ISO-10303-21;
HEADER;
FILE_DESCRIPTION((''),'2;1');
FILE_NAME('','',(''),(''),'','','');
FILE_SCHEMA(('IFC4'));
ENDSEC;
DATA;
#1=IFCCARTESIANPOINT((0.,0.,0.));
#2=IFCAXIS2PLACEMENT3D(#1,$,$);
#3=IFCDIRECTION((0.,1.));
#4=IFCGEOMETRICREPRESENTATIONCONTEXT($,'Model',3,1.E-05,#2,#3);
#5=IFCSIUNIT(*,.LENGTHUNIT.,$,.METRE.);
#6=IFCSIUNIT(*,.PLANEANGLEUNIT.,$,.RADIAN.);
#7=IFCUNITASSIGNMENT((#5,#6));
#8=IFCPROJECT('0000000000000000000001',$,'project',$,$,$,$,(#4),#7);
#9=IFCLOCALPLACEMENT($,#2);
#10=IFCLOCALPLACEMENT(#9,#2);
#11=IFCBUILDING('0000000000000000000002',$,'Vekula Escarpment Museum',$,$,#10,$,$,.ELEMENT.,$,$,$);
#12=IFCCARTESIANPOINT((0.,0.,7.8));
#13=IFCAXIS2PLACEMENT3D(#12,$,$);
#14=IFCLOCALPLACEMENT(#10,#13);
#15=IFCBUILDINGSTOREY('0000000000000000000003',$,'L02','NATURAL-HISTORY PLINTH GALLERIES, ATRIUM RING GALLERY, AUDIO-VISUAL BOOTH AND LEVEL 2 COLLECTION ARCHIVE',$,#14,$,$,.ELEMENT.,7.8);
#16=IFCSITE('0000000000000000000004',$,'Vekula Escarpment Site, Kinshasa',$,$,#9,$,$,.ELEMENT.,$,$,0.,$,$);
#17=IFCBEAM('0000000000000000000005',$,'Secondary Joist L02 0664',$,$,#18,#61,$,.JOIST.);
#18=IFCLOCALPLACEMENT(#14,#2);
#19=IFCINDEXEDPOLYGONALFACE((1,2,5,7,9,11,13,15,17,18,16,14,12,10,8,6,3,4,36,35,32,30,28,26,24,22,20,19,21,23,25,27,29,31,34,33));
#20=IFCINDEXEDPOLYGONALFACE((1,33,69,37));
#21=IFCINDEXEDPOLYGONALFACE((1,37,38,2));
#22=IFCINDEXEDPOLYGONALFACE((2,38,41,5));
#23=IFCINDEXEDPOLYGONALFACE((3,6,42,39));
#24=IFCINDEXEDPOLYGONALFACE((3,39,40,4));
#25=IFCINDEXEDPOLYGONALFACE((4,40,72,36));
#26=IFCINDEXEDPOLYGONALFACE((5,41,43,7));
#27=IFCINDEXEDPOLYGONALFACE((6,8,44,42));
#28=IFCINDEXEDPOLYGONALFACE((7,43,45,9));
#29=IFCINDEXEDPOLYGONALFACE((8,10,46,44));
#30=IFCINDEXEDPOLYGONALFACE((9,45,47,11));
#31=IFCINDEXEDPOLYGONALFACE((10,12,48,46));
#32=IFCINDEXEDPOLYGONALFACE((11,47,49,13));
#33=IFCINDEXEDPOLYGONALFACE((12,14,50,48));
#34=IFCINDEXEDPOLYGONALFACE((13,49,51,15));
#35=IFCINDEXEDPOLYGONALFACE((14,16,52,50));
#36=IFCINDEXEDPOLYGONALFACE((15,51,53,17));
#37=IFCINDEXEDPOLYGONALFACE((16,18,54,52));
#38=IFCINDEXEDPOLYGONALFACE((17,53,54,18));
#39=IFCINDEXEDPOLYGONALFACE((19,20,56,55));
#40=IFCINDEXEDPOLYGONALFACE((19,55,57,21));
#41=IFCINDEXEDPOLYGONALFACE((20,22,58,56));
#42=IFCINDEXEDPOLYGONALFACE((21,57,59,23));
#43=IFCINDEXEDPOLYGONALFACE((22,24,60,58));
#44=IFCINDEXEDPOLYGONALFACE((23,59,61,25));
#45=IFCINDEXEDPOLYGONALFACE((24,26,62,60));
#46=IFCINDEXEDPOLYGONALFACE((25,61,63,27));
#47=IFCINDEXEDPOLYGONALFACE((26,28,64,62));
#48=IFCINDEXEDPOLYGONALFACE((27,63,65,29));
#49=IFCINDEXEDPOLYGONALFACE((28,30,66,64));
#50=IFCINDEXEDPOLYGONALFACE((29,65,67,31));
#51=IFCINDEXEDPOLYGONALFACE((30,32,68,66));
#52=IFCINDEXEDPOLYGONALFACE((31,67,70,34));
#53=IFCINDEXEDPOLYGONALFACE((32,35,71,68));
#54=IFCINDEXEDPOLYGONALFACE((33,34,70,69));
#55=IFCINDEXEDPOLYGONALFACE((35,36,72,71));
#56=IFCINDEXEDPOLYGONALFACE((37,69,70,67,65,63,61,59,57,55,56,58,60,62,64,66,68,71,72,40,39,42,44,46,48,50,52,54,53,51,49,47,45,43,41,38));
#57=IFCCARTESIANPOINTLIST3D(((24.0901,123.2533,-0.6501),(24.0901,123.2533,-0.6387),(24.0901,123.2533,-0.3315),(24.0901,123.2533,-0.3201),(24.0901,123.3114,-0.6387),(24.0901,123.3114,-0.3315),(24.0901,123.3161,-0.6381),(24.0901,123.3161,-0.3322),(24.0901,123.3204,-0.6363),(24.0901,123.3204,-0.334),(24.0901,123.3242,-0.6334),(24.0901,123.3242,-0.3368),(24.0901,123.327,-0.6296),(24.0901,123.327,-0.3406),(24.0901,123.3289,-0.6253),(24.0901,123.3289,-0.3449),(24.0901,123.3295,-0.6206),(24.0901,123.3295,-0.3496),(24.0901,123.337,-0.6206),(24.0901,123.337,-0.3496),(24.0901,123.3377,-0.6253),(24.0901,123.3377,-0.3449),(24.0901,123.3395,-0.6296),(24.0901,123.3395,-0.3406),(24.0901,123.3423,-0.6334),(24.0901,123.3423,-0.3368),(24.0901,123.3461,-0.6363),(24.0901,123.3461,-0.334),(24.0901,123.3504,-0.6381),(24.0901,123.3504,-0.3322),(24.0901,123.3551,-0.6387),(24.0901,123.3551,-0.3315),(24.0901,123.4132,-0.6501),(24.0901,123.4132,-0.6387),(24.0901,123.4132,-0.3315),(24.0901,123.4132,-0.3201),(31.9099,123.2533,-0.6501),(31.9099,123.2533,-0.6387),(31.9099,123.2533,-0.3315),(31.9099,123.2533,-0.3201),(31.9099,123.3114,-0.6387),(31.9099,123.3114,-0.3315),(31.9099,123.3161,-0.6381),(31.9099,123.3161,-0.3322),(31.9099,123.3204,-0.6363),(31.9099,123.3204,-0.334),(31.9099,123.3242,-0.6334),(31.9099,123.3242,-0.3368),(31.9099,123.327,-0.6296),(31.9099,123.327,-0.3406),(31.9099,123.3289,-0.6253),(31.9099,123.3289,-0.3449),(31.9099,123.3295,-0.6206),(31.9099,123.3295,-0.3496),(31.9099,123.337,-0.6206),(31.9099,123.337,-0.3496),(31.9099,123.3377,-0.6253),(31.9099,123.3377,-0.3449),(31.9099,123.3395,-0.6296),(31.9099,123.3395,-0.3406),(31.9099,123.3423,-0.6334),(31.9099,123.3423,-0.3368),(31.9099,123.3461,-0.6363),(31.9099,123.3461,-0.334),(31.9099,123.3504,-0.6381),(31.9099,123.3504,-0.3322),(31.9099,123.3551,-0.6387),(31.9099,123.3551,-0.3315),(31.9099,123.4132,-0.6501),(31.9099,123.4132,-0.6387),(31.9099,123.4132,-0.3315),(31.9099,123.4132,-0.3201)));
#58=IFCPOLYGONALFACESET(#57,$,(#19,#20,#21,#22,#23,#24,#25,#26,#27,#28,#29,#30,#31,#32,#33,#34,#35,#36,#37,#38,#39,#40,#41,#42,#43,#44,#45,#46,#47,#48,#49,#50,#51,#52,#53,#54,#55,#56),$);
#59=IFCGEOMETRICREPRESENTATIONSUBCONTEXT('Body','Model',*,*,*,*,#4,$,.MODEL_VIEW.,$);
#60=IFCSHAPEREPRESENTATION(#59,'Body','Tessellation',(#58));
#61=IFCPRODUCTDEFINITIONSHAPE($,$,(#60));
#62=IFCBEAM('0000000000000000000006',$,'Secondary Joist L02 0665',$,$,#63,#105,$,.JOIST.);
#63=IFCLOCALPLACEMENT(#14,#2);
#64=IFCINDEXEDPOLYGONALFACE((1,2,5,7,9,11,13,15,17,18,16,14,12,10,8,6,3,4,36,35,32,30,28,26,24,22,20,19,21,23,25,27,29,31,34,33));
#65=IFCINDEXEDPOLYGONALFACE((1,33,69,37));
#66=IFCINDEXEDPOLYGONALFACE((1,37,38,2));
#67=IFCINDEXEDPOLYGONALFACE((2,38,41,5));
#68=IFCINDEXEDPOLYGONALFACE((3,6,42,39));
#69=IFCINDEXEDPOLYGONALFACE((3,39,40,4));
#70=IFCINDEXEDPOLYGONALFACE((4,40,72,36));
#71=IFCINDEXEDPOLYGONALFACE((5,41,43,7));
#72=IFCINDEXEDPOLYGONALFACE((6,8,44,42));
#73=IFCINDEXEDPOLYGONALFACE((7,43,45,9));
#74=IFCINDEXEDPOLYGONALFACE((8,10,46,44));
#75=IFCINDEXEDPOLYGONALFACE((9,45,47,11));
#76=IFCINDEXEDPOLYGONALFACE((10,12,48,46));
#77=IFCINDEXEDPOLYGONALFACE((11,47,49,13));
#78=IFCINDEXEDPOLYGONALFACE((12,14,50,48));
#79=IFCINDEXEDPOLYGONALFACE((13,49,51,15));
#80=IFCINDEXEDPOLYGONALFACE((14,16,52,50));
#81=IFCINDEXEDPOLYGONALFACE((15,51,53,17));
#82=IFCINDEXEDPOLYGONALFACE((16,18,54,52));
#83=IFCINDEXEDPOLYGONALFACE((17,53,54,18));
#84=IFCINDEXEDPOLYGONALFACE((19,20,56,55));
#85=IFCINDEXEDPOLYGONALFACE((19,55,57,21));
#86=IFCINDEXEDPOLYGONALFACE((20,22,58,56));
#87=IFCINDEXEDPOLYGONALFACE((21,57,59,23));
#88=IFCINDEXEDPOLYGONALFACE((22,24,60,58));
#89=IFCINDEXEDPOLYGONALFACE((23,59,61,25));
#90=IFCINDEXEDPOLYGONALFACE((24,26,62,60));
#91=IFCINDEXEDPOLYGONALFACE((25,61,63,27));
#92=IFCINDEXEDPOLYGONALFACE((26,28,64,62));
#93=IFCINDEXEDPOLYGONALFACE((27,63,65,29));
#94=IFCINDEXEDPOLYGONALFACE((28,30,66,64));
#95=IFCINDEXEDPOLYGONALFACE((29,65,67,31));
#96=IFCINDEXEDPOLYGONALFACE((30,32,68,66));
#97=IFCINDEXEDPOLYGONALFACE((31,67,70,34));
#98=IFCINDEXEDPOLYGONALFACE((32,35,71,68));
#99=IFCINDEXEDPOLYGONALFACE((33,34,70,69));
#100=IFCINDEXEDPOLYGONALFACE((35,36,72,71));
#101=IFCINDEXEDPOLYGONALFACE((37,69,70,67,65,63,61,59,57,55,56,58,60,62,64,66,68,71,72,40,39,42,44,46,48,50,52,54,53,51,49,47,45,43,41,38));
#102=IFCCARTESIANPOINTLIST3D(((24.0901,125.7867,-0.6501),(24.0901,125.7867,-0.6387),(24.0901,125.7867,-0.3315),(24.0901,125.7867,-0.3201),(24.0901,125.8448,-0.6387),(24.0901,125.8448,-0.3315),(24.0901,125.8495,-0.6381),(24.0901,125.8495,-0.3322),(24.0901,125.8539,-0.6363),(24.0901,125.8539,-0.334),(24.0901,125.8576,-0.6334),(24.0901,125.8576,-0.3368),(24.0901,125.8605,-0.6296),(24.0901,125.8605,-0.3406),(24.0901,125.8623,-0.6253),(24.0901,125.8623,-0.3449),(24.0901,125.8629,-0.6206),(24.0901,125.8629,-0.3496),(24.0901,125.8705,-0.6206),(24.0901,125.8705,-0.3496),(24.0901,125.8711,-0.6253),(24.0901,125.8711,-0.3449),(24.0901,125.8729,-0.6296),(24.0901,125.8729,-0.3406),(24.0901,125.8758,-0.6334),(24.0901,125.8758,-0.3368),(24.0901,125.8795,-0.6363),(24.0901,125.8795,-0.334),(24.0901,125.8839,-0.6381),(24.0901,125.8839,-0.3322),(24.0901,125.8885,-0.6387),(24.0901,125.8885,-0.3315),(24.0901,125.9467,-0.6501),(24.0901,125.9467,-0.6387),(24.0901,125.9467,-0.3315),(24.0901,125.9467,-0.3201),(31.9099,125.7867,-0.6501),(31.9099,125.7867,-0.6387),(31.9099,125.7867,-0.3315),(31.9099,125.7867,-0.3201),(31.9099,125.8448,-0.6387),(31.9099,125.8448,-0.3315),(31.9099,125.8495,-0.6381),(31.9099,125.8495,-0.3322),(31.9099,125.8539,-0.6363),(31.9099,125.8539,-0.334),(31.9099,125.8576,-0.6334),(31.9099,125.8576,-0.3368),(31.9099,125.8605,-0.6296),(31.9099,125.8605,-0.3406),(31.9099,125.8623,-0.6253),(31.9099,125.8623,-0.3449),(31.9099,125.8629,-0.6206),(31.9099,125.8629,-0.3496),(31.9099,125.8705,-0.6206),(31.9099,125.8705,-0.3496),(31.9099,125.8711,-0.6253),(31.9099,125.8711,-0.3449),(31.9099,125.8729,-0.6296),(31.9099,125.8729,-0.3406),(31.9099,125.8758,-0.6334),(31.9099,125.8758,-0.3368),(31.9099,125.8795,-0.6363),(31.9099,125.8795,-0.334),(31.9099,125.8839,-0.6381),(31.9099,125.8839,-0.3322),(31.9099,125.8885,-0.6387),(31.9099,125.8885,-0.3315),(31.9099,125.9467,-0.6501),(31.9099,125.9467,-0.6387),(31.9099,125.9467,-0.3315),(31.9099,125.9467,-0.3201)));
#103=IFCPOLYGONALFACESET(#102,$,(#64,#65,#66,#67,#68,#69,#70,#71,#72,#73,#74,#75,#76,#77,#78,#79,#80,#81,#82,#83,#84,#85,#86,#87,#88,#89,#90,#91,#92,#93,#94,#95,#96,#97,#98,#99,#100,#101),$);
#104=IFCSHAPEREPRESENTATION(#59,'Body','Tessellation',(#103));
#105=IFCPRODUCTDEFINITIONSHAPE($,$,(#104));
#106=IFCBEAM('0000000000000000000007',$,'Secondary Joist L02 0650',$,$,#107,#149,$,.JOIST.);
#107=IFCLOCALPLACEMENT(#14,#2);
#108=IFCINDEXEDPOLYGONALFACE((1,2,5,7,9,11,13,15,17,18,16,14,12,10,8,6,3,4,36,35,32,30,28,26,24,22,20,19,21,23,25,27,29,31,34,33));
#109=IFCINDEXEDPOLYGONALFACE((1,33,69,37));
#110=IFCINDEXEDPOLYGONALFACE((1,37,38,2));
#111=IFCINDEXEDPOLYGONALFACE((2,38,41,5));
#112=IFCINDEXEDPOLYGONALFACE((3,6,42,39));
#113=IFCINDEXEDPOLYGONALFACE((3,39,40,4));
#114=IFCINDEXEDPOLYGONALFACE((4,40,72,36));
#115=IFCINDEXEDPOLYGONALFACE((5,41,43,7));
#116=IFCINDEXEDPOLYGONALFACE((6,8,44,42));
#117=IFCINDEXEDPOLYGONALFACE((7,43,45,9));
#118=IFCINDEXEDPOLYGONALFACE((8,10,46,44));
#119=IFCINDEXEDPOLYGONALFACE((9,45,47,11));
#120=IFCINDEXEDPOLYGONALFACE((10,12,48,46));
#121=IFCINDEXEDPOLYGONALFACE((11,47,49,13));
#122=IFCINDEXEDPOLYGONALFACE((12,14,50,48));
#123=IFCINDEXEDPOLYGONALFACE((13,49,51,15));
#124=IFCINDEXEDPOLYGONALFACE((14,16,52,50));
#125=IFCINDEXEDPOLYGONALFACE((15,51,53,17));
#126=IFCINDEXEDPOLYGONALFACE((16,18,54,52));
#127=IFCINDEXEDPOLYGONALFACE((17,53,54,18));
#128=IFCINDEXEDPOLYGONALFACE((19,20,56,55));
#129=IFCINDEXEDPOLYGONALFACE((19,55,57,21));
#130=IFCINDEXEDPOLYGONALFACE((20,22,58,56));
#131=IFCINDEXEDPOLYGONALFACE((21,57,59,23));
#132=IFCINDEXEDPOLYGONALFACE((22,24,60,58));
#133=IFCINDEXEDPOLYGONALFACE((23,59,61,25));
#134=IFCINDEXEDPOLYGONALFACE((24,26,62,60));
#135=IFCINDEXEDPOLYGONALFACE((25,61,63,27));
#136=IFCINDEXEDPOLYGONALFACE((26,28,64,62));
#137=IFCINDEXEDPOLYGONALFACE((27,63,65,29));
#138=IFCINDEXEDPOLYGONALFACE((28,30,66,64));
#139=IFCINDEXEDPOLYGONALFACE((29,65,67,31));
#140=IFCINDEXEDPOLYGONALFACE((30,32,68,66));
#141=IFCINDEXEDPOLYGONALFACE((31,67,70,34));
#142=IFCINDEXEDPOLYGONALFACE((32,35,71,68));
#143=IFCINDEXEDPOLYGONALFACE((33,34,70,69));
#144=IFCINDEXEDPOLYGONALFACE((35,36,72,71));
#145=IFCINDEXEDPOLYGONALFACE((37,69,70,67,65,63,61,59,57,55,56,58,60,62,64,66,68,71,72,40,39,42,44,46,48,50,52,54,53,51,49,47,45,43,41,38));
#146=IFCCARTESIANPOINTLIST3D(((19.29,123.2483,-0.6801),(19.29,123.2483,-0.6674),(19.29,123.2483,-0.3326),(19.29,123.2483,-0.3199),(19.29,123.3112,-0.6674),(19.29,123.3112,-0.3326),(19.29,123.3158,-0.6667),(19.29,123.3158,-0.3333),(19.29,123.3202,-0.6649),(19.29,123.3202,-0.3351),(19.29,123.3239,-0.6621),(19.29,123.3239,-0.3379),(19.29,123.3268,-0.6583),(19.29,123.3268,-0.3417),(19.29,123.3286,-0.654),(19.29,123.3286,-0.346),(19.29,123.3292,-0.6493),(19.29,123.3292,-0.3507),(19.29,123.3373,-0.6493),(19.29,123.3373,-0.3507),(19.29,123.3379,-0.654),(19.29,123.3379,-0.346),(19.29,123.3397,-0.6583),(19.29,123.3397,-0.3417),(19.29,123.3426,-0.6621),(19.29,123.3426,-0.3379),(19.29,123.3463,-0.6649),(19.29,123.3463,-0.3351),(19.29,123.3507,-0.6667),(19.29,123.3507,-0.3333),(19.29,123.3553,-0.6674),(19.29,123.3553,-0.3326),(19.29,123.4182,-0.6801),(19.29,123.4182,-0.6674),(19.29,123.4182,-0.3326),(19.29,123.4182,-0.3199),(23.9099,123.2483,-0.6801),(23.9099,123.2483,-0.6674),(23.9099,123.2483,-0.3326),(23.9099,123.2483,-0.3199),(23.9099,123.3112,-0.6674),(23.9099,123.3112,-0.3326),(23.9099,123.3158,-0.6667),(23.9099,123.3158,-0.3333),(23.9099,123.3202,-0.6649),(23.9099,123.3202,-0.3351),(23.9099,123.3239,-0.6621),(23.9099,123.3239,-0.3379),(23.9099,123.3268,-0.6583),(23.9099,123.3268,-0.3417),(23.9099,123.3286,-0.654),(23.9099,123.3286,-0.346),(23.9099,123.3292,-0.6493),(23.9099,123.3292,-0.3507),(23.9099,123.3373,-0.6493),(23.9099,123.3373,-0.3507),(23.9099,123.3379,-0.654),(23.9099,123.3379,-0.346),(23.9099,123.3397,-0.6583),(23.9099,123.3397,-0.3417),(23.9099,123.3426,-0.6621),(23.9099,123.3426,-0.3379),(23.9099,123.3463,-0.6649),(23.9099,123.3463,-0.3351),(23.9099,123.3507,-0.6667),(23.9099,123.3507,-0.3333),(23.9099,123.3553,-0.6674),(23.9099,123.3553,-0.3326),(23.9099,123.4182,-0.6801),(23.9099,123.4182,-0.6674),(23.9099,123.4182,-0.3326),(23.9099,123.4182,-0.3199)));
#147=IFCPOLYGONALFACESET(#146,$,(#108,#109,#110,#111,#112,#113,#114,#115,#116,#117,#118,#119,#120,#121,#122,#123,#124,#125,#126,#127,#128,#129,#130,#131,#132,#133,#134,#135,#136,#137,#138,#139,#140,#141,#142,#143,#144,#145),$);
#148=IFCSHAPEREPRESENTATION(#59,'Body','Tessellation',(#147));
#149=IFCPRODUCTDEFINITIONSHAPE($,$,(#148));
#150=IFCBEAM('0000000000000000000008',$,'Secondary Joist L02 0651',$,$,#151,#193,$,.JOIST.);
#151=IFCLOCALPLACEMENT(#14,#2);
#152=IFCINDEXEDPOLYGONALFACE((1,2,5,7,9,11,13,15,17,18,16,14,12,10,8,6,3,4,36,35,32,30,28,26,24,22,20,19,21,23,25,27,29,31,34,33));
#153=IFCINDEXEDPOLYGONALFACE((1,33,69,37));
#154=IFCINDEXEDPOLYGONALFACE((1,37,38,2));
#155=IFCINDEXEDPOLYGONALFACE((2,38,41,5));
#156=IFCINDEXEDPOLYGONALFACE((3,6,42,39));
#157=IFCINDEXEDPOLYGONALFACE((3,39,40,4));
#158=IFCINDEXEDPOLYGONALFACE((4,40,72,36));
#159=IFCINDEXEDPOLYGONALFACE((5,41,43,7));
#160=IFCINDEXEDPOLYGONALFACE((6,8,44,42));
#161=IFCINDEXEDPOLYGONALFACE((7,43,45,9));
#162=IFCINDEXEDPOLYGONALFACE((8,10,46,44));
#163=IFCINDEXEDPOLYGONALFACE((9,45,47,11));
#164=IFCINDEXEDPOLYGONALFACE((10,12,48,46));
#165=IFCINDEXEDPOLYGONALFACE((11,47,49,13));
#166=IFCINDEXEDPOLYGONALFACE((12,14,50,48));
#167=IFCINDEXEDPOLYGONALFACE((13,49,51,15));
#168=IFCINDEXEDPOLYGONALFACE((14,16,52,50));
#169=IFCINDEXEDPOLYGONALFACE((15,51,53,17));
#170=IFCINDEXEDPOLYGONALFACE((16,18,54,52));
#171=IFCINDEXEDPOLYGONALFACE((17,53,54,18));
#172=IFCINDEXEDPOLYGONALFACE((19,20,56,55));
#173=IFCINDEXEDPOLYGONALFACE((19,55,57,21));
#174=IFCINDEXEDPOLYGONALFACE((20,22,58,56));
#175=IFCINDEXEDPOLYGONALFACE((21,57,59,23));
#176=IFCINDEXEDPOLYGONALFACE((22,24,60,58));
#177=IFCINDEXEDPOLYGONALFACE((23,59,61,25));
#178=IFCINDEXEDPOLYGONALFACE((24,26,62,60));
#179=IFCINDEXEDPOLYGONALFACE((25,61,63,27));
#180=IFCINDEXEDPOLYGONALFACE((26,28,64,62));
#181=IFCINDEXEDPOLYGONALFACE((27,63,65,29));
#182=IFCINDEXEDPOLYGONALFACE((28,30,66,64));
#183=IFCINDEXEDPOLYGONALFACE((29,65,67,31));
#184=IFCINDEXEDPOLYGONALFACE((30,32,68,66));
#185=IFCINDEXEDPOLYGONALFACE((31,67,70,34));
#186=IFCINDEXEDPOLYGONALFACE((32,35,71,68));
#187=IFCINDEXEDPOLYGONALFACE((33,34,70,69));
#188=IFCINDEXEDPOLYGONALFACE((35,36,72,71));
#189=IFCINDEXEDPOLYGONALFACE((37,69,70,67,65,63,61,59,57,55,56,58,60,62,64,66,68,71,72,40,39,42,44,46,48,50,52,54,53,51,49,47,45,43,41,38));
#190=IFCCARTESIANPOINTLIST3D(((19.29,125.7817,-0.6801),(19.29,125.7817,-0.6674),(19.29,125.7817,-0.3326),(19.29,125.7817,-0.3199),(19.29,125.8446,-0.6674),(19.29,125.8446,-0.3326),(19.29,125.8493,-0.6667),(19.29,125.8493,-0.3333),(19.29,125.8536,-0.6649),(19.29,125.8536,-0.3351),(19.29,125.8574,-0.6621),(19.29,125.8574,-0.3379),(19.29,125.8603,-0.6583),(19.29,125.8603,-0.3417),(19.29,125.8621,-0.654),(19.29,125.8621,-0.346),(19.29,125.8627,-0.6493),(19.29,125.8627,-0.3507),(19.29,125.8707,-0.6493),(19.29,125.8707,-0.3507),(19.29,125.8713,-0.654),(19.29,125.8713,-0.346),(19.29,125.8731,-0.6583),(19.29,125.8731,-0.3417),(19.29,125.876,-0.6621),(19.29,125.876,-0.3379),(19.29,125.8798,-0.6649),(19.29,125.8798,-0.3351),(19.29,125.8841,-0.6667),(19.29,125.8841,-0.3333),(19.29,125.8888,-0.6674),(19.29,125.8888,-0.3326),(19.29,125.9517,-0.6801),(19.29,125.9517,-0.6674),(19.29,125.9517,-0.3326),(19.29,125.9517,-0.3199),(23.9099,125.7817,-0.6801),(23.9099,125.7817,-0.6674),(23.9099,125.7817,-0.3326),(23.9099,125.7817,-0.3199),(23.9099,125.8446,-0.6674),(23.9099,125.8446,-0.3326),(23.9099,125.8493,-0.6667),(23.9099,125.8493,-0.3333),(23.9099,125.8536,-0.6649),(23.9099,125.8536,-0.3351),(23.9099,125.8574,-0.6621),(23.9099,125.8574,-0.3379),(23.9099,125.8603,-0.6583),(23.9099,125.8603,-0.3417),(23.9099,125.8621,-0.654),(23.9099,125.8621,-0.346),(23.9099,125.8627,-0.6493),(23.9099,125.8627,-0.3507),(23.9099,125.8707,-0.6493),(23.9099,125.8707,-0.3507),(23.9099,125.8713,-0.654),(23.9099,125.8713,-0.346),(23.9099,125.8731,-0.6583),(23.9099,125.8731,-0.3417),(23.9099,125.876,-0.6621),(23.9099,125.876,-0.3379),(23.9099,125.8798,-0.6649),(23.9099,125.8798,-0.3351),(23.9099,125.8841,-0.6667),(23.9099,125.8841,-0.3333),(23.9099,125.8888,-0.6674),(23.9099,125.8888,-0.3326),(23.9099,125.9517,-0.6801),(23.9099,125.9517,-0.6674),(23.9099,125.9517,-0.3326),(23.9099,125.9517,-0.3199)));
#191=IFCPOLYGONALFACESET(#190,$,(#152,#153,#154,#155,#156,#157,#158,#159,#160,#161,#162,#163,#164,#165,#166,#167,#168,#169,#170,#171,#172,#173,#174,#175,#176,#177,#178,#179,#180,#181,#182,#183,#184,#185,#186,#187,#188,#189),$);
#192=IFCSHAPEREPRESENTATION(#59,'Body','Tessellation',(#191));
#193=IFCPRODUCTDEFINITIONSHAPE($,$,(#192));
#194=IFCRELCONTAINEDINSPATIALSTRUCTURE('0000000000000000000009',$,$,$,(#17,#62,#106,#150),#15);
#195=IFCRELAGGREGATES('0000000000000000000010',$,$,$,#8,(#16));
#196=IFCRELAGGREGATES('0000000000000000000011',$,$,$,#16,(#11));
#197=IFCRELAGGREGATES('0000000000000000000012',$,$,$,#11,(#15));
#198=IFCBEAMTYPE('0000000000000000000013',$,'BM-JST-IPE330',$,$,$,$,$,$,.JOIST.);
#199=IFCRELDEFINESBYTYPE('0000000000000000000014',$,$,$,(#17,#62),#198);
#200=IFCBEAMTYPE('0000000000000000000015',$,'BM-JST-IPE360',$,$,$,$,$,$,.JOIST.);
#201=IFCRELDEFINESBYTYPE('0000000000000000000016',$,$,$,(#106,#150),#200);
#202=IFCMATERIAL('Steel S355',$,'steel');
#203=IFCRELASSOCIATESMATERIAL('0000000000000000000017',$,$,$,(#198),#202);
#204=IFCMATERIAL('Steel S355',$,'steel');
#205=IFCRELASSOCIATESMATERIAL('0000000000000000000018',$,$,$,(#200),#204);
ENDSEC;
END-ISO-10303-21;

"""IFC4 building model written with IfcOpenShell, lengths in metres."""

from ifc_helpers import new_model, si_unit, direction, frame, origin, origin_2d, place, context, subcontext, project, spatial, i_section, extrude, material, material_profile, profile_set, type_object, element, save


model = new_model("IFC4")

# Units and contexts
model_context = context("Model", 3, precision=1e-05, world=origin(), true_north=direction((0.0, 1.0)))
body_context = subcontext(model_context, "Body", "Model", "MODEL_VIEW")
ifc_project = project(units=[si_unit("LENGTHUNIT", "METRE"), si_unit("PLANEANGLEUNIT", "RADIAN")], contexts=[model_context])

# Site, building, storey
site_placement = place(None, origin())
site = spatial("IfcSite", under=ifc_project, at=site_placement, Name="Vekula Escarpment Site, Kinshasa", CompositionType="ELEMENT", RefElevation=0.0)
building_placement = place(site_placement, origin())
building = spatial("IfcBuilding", under=site, at=building_placement, Name="Vekula Escarpment Museum", CompositionType="ELEMENT")
storey_placement = place(building_placement, frame((0.0, 0.0, 7.8)))
storey = spatial("IfcBuildingStorey", under=building, at=storey_placement, Name="L02", Description="NATURAL-HISTORY PLINTH GALLERIES, ATRIUM RING GALLERY, AUDIO-VISUAL BOOTH AND LEVEL 2 COLLECTION ARCHIVE", CompositionType="ELEMENT", Elevation=7.8)

# Beams
ifc_material_1 = material(Name="Steel S355", Category="steel")
ifc_material_profile_1 = material_profile(ifc_material_1, i_section(OverallWidth=0.1599, OverallDepth=0.3301, WebThickness=0.0076, FlangeThickness=0.0115, FilletRadius=0.0181, at=origin_2d()), Name="IPE 330")
ifc_profile_set_1 = profile_set([ifc_material_profile_1], Name="Steel S355")
beam_type_1 = type_object("IfcBeamType", Name="BM-JST-IPE330", PredefinedType="JOIST", material=ifc_profile_set_1)
for number, where, z_axis, x_axis, name in (
    (1, (24.0901, 123.3333, -0.4851), (1.0, 0.0, 0.0), (0.0, 1.0, 0.0), "Secondary Joist L02 0664"),
    (2, (24.0901, 125.8667, -0.4851), (1.0, 0.0, 0.0), (0.0, 1.0, 0.0), "Secondary Joist L02 0665"),
):
    element("IfcBeam", number, at=place(storey_placement, frame(where, z_axis=z_axis, x_axis=x_axis)), inside=storey, type_object=beam_type_1, Name=name, PredefinedType="JOIST", context=body_context, shape_type="SweptSolid", body=[
        extrude(i_section(OverallWidth=0.1599, OverallDepth=0.3301, WebThickness=0.0076, FlangeThickness=0.0115, FilletRadius=0.0181, at=origin_2d()), origin(), (0.0, 0.0, 1.0), 7.8198),
    ])
ifc_material_2 = material(Name="Steel S355", Category="steel")
ifc_material_profile_2 = material_profile(ifc_material_2, i_section(OverallWidth=0.1699, OverallDepth=0.3601, WebThickness=0.0081, FlangeThickness=0.0127, FilletRadius=0.0181, at=origin_2d()), Name="IPE 360")
ifc_profile_set_2 = profile_set([ifc_material_profile_2], Name="Steel S355")
beam_type_2 = type_object("IfcBeamType", Name="BM-JST-IPE360", PredefinedType="JOIST", material=ifc_profile_set_2)
for number, where, z_axis, x_axis, name in (
    (3, (19.29, 123.3333, -0.5), (1.0, 0.0, 0.0), (0.0, 1.0, 0.0), "Secondary Joist L02 0650"),
    (4, (19.29, 125.8667, -0.5), (1.0, 0.0, 0.0), (0.0, 1.0, 0.0), "Secondary Joist L02 0651"),
):
    element("IfcBeam", number, at=place(storey_placement, frame(where, z_axis=z_axis, x_axis=x_axis)), inside=storey, type_object=beam_type_2, Name=name, PredefinedType="JOIST", context=body_context, shape_type="SweptSolid", body=[
        extrude(i_section(OverallWidth=0.1699, OverallDepth=0.3601, WebThickness=0.0081, FlangeThickness=0.0127, FilletRadius=0.0181, at=origin_2d()), origin(), (0.0, 0.0, 1.0), 4.6199),
    ])

save(model, "model.ifc")
